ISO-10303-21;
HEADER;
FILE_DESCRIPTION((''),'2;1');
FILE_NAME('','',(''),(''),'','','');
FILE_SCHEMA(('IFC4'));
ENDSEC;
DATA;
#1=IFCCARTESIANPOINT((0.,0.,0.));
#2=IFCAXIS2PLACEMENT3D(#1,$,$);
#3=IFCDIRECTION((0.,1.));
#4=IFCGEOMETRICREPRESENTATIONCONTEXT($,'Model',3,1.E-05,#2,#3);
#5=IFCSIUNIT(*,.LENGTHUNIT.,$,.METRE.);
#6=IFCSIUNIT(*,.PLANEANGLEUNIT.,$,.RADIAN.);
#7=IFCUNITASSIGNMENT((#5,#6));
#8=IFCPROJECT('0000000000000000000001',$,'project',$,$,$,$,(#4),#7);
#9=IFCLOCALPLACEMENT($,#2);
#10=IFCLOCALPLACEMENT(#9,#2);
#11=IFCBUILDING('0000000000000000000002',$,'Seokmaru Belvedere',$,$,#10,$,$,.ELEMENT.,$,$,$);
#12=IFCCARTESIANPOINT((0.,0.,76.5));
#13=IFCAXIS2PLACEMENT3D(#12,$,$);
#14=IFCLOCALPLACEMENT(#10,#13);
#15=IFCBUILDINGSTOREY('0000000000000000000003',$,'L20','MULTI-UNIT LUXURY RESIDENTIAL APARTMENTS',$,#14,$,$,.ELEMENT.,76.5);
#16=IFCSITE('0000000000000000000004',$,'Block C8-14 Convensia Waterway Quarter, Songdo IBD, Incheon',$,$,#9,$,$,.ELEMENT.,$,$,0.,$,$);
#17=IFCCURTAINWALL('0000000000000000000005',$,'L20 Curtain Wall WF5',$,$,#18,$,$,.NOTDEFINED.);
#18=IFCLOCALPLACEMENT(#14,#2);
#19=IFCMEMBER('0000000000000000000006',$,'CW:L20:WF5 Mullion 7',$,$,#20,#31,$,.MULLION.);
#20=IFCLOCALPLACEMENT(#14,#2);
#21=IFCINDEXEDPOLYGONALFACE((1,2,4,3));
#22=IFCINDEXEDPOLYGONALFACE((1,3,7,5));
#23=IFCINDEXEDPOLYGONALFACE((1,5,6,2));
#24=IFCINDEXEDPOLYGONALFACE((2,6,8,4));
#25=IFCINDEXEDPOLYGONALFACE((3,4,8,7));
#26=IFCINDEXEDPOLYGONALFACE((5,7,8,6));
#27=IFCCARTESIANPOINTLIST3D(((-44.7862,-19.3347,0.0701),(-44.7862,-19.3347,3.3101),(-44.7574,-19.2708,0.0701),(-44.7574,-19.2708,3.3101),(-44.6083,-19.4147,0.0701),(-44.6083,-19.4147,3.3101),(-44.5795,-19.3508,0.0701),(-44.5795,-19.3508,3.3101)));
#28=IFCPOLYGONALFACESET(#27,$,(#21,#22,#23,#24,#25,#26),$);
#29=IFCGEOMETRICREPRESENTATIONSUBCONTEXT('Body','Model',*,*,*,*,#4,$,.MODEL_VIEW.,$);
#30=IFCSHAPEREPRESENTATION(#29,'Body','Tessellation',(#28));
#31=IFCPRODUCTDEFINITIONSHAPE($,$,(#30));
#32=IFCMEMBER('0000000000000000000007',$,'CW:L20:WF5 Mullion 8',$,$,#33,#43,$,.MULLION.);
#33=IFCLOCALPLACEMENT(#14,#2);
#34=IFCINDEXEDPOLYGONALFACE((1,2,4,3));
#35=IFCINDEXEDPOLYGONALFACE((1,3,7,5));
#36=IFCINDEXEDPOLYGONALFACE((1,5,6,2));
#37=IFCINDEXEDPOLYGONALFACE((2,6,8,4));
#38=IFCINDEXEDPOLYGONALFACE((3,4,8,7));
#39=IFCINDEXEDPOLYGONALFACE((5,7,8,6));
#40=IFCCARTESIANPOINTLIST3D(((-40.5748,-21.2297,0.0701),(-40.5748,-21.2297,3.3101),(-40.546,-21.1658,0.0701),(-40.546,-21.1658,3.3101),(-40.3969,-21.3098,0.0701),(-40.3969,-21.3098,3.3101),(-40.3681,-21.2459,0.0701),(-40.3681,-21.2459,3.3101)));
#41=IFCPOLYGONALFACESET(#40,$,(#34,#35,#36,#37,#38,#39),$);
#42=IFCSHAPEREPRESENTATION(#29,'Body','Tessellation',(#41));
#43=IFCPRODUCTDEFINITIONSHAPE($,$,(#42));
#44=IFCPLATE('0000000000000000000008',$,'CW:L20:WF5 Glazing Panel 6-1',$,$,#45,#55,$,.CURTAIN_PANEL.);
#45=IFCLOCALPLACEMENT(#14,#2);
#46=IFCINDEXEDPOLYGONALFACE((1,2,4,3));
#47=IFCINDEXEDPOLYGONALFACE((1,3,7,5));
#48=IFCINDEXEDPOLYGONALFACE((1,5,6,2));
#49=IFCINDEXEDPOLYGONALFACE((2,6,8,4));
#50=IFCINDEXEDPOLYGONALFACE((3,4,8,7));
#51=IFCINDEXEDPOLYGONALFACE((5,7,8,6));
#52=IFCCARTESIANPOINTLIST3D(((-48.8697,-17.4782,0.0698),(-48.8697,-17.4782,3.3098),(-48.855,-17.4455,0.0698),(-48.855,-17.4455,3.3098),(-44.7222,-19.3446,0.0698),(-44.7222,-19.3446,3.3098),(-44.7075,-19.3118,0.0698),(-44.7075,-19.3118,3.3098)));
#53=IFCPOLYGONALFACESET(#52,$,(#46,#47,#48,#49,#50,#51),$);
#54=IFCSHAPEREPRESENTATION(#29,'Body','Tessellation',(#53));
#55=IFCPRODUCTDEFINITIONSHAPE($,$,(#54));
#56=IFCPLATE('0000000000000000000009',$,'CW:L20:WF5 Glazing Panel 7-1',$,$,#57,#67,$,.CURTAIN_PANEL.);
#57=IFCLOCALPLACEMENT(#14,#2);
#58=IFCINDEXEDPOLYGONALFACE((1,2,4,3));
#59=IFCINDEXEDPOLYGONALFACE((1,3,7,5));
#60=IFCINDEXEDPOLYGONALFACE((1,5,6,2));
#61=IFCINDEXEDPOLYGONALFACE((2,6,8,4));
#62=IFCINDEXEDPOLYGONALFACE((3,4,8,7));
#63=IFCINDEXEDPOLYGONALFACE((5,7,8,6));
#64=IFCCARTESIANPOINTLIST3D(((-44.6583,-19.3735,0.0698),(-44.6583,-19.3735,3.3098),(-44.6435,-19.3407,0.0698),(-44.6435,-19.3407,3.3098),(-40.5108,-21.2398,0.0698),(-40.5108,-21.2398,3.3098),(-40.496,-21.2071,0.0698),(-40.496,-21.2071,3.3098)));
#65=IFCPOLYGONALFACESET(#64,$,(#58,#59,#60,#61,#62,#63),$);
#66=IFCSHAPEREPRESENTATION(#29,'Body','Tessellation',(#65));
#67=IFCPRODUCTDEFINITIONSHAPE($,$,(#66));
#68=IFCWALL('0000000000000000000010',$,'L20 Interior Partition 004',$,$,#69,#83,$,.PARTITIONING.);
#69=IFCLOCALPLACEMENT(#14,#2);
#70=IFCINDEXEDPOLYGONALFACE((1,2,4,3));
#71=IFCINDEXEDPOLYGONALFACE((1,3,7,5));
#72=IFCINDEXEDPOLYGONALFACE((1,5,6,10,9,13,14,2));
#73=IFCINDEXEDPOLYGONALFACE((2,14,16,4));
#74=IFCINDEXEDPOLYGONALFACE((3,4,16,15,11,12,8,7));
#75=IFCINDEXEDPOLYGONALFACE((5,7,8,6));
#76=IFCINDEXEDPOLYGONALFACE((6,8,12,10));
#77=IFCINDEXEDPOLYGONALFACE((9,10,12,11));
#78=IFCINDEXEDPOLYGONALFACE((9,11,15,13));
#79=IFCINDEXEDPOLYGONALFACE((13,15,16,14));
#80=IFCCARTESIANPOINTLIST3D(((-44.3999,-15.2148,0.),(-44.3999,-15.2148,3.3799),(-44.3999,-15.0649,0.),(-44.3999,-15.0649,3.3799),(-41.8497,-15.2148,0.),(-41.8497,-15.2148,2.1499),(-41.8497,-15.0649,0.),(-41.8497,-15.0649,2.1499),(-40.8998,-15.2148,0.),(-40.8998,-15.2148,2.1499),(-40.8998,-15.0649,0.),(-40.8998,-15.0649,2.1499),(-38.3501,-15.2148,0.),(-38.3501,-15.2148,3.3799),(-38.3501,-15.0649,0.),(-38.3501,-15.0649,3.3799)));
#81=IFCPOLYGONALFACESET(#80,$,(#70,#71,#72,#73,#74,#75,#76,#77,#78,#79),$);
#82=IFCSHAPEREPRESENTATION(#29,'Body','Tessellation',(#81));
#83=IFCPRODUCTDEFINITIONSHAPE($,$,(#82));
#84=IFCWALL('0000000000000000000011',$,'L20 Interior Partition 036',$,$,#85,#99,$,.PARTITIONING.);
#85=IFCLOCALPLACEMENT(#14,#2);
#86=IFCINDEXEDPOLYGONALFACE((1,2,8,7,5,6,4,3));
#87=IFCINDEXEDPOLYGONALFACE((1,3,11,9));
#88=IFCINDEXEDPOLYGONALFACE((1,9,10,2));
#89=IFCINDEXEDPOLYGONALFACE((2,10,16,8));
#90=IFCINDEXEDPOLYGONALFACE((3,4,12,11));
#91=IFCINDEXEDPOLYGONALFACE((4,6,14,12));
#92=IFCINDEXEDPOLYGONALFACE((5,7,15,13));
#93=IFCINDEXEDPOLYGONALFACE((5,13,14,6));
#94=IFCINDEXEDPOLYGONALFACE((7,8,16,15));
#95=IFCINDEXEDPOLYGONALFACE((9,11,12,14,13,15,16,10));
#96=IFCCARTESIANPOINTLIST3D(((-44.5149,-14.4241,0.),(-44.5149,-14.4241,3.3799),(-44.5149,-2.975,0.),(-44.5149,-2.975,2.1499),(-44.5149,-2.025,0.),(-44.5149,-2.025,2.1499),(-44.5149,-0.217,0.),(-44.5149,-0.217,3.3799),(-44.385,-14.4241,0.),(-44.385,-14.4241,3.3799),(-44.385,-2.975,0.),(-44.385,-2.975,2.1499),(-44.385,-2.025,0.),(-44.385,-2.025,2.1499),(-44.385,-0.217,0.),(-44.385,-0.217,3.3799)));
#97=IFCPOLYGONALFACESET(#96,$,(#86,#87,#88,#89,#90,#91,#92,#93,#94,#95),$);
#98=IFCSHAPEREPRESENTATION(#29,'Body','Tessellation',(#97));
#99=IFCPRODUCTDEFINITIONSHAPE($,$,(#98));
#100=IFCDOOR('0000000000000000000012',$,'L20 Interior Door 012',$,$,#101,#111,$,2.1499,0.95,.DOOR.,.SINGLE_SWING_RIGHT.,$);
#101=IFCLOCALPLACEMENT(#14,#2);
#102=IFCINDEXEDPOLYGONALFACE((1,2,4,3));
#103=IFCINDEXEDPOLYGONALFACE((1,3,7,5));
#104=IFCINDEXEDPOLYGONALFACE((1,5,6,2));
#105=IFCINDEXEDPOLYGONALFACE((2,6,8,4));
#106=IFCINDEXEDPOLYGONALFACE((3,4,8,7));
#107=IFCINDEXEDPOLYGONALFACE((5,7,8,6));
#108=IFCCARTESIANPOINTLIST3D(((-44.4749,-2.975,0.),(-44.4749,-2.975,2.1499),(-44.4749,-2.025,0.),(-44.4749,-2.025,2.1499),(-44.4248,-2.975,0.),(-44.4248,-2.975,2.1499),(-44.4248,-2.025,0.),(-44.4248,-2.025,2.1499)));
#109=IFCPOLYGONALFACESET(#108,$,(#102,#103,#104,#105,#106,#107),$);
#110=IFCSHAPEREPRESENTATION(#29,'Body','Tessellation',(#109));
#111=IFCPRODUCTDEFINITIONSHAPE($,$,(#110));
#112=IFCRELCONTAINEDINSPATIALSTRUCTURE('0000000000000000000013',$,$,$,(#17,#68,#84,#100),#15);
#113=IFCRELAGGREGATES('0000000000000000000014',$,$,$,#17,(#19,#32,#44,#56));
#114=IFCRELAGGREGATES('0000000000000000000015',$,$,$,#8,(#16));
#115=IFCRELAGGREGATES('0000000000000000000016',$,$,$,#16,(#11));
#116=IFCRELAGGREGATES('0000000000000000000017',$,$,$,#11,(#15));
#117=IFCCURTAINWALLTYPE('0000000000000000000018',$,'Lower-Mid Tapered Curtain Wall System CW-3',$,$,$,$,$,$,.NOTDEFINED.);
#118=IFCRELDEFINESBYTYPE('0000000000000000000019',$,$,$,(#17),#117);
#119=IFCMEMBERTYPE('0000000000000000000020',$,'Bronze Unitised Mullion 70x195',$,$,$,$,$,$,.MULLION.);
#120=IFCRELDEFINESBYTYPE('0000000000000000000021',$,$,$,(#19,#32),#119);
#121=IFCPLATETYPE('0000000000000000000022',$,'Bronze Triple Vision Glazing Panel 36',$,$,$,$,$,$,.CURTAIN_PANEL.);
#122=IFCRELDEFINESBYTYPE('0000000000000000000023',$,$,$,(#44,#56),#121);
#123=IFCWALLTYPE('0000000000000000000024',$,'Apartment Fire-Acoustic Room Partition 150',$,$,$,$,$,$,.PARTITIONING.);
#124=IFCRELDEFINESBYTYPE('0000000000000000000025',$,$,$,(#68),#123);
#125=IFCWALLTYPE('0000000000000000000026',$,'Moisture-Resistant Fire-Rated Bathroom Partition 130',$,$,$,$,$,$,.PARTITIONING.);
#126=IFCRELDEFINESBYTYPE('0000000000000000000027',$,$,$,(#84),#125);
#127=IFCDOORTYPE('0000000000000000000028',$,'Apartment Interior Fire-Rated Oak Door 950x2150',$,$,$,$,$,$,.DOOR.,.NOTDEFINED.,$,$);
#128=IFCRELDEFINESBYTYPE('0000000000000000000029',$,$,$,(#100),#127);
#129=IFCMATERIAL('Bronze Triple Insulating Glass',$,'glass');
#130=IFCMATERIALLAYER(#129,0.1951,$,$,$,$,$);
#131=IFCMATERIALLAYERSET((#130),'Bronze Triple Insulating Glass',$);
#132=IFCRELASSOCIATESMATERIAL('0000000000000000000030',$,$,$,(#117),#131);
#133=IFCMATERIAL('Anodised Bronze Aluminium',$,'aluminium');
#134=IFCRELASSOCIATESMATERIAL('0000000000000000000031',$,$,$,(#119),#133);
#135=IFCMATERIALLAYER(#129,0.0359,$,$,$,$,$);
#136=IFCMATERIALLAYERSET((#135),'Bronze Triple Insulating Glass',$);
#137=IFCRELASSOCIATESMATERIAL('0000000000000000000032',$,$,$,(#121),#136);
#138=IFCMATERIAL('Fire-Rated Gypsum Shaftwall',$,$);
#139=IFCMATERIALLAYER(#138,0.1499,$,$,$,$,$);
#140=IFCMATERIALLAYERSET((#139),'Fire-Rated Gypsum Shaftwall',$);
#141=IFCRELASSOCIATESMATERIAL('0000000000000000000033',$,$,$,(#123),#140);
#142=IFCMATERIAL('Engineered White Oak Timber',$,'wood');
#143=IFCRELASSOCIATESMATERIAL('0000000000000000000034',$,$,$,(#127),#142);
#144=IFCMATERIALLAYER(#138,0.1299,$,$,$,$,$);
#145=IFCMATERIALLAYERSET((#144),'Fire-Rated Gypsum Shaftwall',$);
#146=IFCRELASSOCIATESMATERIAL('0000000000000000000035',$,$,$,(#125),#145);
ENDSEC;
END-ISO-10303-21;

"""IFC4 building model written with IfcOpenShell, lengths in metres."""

from ifc_helpers import new_model, si_unit, direction, frame, frame_2d, origin, origin_2d, place, context, subcontext, project, spatial, rectangle, extrude, source, transform, mapped, material, layer, layer_set, material_profile, profile_set, type_object, type_shapes, element, fill, aggregate, save


model = new_model("IFC4")

# Units and contexts
model_context = context("Model", 3, precision=1e-05, world=origin(), true_north=direction((0.0, 1.0)))
body_context = subcontext(model_context, "Body", "Model", "MODEL_VIEW")
ifc_project = project(units=[si_unit("LENGTHUNIT", "METRE"), si_unit("PLANEANGLEUNIT", "RADIAN")], contexts=[model_context])

# Site, building, storey
site_placement = place(None, origin())
site = spatial("IfcSite", under=ifc_project, at=site_placement, Name="Block C8-14 Convensia Waterway Quarter, Songdo IBD, Incheon", CompositionType="ELEMENT", RefElevation=0.0)
building_placement = place(site_placement, origin())
building = spatial("IfcBuilding", under=site, at=building_placement, Name="Seokmaru Belvedere", CompositionType="ELEMENT")
storey_placement = place(building_placement, frame((0.0, 0.0, 76.5)))
storey = spatial("IfcBuildingStorey", under=building, at=storey_placement, Name="L20", Description="MULTI-UNIT LUXURY RESIDENTIAL APARTMENTS", CompositionType="ELEMENT", Elevation=76.5)

# Curtain wall, members, plates
ifc_material_1 = material(Name="Bronze Triple Insulating Glass", Category="glass")
ifc_layer_1 = layer(ifc_material_1, 0.1951)
ifc_layer_set_1 = layer_set([ifc_layer_1], Name="Bronze Triple Insulating Glass")
curtain_wall_type = type_object("IfcCurtainWallType", Name="Lower-Mid Tapered Curtain Wall System CW-3", PredefinedType="NOTDEFINED", material=ifc_layer_set_1)
curtain_wall_placement = place(storey_placement, origin())
curtain_wall = element("IfcCurtainWall", 1, at=curtain_wall_placement, inside=storey, type_object=curtain_wall_type, Name="L20 Curtain Wall WF5", PredefinedType="NOTDEFINED")
ifc_material_2 = material(Name="Anodised Bronze Aluminium", Category="aluminium")
ifc_material_profile_1 = material_profile(ifc_material_2, rectangle(XDim=0.0701, YDim=0.1951, at=origin_2d()), Name="CW-M-70x195")
ifc_profile_set_1 = profile_set([ifc_material_profile_1], Name="Anodised Bronze Aluminium")
member_type = type_object("IfcMemberType", Name="Bronze Unitised Mullion 70x195", PredefinedType="MULLION", material=ifc_profile_set_1)
shared_shape_1 = source(origin(), body_context, "Body", "SweptSolid", [
    extrude(rectangle(XDim=0.0701, YDim=0.1951, at=origin_2d()), origin(), (0.0, 0.0, 1.0), 3.24),
])
type_shapes(member_type, [shared_shape_1])
member_1_placement = place(storey_placement, frame((-44.6829, -19.3428, 0.0701), z_axis=(0.0, 0.0, 1.0), x_axis=(0.410366, 0.911921, 0.0)))
member_1 = element("IfcMember", 2, at=member_1_placement, type_object=member_type, Name="CW:L20:WF5 Mullion 7", PredefinedType="MULLION", context=body_context, shape_type="MappedRepresentation", body=[
    mapped(shared_shape_1, transform((0.0, 0.0, 0.0), scale=1.0)),
])
member_2_placement = place(storey_placement, frame((-40.4714, -21.2378, 0.0701), z_axis=(0.0, 0.0, 1.0), x_axis=(0.410366, 0.911921, 0.0)))
member_2 = element("IfcMember", 3, at=member_2_placement, type_object=member_type, Name="CW:L20:WF5 Mullion 8", PredefinedType="MULLION", context=body_context, shape_type="MappedRepresentation", body=[
    mapped(shared_shape_1, transform((0.0, 0.0, 0.0), scale=1.0)),
])
ifc_layer_2 = layer(ifc_material_1, 0.0359)
ifc_layer_set_2 = layer_set([ifc_layer_2], Name="Bronze Triple Insulating Glass")
plate_type = type_object("IfcPlateType", Name="Bronze Triple Vision Glazing Panel 36", PredefinedType="CURTAIN_PANEL", material=ifc_layer_set_2)
shared_shape_2 = source(origin(), body_context, "Body", "SweptSolid", [
    extrude(rectangle(XDim=4.5481, YDim=0.0359, at=origin_2d()), origin(), (0.0, 0.0, 1.0), 3.24),
])
type_shapes(plate_type, [shared_shape_2])
plate_1_placement = place(storey_placement, frame((-46.7886, -18.395, 0.0698), z_axis=(0.0, 0.0, 1.0), x_axis=(0.911921, -0.410366, 0.0)))
plate_1 = element("IfcPlate", 4, at=plate_1_placement, type_object=plate_type, Name="CW:L20:WF5 Glazing Panel 6-1", PredefinedType="CURTAIN_PANEL", context=body_context, shape_type="MappedRepresentation", body=[
    mapped(shared_shape_2, transform((0.0, 0.0, 0.0), scale=1.0)),
])
plate_2_placement = place(storey_placement, frame((-42.5771, -20.2903, 0.0698), z_axis=(0.0, 0.0, 1.0), x_axis=(0.911921, -0.410366, 0.0)))
plate_2 = element("IfcPlate", 5, at=plate_2_placement, type_object=plate_type, Name="CW:L20:WF5 Glazing Panel 7-1", PredefinedType="CURTAIN_PANEL", context=body_context, shape_type="MappedRepresentation", body=[
    mapped(shared_shape_2, transform((0.0, 0.0, 0.0), scale=1.0)),
])
aggregate(curtain_wall, [member_1, member_2, plate_1, plate_2])

# Wall, opening
ifc_material_3 = material(Name="Fire-Rated Gypsum Shaftwall")
ifc_layer_3 = layer(ifc_material_3, 0.1499)
ifc_layer_set_3 = layer_set([ifc_layer_3], Name="Fire-Rated Gypsum Shaftwall")
wall_type_1 = type_object("IfcWallType", Name="Apartment Fire-Acoustic Room Partition 150", PredefinedType="PARTITIONING", material=ifc_layer_set_3)
wall_1_placement = place(storey_placement, frame((-44.3999, -15.1399, 0.0), z_axis=(0.0, 0.0, 1.0), x_axis=(1.0, 0.0, 0.0)))
wall_1 = element("IfcWall", 6, at=wall_1_placement, inside=storey, type_object=wall_type_1, Name="L20 Interior Partition 004", PredefinedType="PARTITIONING", context=body_context, shape_type="SweptSolid", body=[
    extrude(rectangle(XDim=6.0498, YDim=0.1499, at=frame_2d((3.0249, 0.0))), origin(), (0.0, 0.0, 1.0), 3.3799),
])
opening_1_placement = place(wall_1_placement, frame((2.55, 0.0, 0.0)))
element("IfcOpeningElement", 7, at=opening_1_placement, cuts=wall_1, PredefinedType="OPENING", context=body_context, shape_type="SweptSolid", body=[
    extrude(rectangle(XDim=0.95, YDim=2.1499, at=frame_2d((0.4751, 1.075))), frame((0.0, 0.085, 0.0), z_axis=(0.0, -1.0, 0.0), x_axis=(1.0, 0.0, 0.0)), (0.0, 0.0, 1.0), 0.1699),
])

# Wall, opening, door
ifc_material_4 = material(Name="Engineered White Oak Timber", Category="wood")
door_type = type_object("IfcDoorType", Name="Apartment Interior Fire-Rated Oak Door 950x2150", OperationType="NOTDEFINED", PredefinedType="DOOR", material=ifc_material_4)
shared_shape_3 = source(origin(), body_context, "Body", "SweptSolid", [
    extrude(rectangle(XDim=0.95, YDim=2.1499, at=frame_2d((0.4751, 1.075))), frame((0.0, 0.0249, 0.0), z_axis=(0.0, -1.0, 0.0), x_axis=(1.0, 0.0, 0.0)), (0.0, 0.0, 1.0), 0.05),
])
type_shapes(door_type, [shared_shape_3])
ifc_layer_4 = layer(ifc_material_3, 0.1299)
ifc_layer_set_4 = layer_set([ifc_layer_4], Name="Fire-Rated Gypsum Shaftwall")
wall_type_2 = type_object("IfcWallType", Name="Moisture-Resistant Fire-Rated Bathroom Partition 130", PredefinedType="PARTITIONING", material=ifc_layer_set_4)
wall_2_placement = place(storey_placement, frame((-44.45, -14.4241, 0.0), z_axis=(0.0, 0.0, 1.0), x_axis=(0.0, 1.0, 0.0)))
wall_2 = element("IfcWall", 8, at=wall_2_placement, inside=storey, type_object=wall_type_2, Name="L20 Interior Partition 036", PredefinedType="PARTITIONING", context=body_context, shape_type="SweptSolid", body=[
    extrude(rectangle(XDim=14.207, YDim=0.1299, at=frame_2d((7.1035, 0.0))), origin(), (0.0, 0.0, 1.0), 3.3799),
])
opening_2_placement = place(wall_2_placement, frame((11.449, 0.0, 0.0)))
opening_2 = element("IfcOpeningElement", 9, at=opening_2_placement, cuts=wall_2, PredefinedType="OPENING", context=body_context, shape_type="SweptSolid", body=[
    extrude(rectangle(XDim=0.95, YDim=2.1499, at=frame_2d((0.4751, 1.075))), frame((0.0, 0.075, 0.0), z_axis=(0.0, -1.0, 0.0), x_axis=(1.0, 0.0, 0.0)), (0.0, 0.0, 1.0), 0.1499),
])
door_1_placement = place(opening_2_placement, origin())
door_1 = element("IfcDoor", 10, at=door_1_placement, inside=storey, type_object=door_type, Name="L20 Interior Door 012", OperationType="SINGLE_SWING_RIGHT", OverallHeight=2.1499, OverallWidth=0.95, PredefinedType="DOOR", context=body_context, shape_type="MappedRepresentation", body=[
    mapped(shared_shape_3, transform((0.0, 0.0, 0.0), scale=1.0)),
])
fill(opening_2, door_1)

save(model, "model.ifc")
